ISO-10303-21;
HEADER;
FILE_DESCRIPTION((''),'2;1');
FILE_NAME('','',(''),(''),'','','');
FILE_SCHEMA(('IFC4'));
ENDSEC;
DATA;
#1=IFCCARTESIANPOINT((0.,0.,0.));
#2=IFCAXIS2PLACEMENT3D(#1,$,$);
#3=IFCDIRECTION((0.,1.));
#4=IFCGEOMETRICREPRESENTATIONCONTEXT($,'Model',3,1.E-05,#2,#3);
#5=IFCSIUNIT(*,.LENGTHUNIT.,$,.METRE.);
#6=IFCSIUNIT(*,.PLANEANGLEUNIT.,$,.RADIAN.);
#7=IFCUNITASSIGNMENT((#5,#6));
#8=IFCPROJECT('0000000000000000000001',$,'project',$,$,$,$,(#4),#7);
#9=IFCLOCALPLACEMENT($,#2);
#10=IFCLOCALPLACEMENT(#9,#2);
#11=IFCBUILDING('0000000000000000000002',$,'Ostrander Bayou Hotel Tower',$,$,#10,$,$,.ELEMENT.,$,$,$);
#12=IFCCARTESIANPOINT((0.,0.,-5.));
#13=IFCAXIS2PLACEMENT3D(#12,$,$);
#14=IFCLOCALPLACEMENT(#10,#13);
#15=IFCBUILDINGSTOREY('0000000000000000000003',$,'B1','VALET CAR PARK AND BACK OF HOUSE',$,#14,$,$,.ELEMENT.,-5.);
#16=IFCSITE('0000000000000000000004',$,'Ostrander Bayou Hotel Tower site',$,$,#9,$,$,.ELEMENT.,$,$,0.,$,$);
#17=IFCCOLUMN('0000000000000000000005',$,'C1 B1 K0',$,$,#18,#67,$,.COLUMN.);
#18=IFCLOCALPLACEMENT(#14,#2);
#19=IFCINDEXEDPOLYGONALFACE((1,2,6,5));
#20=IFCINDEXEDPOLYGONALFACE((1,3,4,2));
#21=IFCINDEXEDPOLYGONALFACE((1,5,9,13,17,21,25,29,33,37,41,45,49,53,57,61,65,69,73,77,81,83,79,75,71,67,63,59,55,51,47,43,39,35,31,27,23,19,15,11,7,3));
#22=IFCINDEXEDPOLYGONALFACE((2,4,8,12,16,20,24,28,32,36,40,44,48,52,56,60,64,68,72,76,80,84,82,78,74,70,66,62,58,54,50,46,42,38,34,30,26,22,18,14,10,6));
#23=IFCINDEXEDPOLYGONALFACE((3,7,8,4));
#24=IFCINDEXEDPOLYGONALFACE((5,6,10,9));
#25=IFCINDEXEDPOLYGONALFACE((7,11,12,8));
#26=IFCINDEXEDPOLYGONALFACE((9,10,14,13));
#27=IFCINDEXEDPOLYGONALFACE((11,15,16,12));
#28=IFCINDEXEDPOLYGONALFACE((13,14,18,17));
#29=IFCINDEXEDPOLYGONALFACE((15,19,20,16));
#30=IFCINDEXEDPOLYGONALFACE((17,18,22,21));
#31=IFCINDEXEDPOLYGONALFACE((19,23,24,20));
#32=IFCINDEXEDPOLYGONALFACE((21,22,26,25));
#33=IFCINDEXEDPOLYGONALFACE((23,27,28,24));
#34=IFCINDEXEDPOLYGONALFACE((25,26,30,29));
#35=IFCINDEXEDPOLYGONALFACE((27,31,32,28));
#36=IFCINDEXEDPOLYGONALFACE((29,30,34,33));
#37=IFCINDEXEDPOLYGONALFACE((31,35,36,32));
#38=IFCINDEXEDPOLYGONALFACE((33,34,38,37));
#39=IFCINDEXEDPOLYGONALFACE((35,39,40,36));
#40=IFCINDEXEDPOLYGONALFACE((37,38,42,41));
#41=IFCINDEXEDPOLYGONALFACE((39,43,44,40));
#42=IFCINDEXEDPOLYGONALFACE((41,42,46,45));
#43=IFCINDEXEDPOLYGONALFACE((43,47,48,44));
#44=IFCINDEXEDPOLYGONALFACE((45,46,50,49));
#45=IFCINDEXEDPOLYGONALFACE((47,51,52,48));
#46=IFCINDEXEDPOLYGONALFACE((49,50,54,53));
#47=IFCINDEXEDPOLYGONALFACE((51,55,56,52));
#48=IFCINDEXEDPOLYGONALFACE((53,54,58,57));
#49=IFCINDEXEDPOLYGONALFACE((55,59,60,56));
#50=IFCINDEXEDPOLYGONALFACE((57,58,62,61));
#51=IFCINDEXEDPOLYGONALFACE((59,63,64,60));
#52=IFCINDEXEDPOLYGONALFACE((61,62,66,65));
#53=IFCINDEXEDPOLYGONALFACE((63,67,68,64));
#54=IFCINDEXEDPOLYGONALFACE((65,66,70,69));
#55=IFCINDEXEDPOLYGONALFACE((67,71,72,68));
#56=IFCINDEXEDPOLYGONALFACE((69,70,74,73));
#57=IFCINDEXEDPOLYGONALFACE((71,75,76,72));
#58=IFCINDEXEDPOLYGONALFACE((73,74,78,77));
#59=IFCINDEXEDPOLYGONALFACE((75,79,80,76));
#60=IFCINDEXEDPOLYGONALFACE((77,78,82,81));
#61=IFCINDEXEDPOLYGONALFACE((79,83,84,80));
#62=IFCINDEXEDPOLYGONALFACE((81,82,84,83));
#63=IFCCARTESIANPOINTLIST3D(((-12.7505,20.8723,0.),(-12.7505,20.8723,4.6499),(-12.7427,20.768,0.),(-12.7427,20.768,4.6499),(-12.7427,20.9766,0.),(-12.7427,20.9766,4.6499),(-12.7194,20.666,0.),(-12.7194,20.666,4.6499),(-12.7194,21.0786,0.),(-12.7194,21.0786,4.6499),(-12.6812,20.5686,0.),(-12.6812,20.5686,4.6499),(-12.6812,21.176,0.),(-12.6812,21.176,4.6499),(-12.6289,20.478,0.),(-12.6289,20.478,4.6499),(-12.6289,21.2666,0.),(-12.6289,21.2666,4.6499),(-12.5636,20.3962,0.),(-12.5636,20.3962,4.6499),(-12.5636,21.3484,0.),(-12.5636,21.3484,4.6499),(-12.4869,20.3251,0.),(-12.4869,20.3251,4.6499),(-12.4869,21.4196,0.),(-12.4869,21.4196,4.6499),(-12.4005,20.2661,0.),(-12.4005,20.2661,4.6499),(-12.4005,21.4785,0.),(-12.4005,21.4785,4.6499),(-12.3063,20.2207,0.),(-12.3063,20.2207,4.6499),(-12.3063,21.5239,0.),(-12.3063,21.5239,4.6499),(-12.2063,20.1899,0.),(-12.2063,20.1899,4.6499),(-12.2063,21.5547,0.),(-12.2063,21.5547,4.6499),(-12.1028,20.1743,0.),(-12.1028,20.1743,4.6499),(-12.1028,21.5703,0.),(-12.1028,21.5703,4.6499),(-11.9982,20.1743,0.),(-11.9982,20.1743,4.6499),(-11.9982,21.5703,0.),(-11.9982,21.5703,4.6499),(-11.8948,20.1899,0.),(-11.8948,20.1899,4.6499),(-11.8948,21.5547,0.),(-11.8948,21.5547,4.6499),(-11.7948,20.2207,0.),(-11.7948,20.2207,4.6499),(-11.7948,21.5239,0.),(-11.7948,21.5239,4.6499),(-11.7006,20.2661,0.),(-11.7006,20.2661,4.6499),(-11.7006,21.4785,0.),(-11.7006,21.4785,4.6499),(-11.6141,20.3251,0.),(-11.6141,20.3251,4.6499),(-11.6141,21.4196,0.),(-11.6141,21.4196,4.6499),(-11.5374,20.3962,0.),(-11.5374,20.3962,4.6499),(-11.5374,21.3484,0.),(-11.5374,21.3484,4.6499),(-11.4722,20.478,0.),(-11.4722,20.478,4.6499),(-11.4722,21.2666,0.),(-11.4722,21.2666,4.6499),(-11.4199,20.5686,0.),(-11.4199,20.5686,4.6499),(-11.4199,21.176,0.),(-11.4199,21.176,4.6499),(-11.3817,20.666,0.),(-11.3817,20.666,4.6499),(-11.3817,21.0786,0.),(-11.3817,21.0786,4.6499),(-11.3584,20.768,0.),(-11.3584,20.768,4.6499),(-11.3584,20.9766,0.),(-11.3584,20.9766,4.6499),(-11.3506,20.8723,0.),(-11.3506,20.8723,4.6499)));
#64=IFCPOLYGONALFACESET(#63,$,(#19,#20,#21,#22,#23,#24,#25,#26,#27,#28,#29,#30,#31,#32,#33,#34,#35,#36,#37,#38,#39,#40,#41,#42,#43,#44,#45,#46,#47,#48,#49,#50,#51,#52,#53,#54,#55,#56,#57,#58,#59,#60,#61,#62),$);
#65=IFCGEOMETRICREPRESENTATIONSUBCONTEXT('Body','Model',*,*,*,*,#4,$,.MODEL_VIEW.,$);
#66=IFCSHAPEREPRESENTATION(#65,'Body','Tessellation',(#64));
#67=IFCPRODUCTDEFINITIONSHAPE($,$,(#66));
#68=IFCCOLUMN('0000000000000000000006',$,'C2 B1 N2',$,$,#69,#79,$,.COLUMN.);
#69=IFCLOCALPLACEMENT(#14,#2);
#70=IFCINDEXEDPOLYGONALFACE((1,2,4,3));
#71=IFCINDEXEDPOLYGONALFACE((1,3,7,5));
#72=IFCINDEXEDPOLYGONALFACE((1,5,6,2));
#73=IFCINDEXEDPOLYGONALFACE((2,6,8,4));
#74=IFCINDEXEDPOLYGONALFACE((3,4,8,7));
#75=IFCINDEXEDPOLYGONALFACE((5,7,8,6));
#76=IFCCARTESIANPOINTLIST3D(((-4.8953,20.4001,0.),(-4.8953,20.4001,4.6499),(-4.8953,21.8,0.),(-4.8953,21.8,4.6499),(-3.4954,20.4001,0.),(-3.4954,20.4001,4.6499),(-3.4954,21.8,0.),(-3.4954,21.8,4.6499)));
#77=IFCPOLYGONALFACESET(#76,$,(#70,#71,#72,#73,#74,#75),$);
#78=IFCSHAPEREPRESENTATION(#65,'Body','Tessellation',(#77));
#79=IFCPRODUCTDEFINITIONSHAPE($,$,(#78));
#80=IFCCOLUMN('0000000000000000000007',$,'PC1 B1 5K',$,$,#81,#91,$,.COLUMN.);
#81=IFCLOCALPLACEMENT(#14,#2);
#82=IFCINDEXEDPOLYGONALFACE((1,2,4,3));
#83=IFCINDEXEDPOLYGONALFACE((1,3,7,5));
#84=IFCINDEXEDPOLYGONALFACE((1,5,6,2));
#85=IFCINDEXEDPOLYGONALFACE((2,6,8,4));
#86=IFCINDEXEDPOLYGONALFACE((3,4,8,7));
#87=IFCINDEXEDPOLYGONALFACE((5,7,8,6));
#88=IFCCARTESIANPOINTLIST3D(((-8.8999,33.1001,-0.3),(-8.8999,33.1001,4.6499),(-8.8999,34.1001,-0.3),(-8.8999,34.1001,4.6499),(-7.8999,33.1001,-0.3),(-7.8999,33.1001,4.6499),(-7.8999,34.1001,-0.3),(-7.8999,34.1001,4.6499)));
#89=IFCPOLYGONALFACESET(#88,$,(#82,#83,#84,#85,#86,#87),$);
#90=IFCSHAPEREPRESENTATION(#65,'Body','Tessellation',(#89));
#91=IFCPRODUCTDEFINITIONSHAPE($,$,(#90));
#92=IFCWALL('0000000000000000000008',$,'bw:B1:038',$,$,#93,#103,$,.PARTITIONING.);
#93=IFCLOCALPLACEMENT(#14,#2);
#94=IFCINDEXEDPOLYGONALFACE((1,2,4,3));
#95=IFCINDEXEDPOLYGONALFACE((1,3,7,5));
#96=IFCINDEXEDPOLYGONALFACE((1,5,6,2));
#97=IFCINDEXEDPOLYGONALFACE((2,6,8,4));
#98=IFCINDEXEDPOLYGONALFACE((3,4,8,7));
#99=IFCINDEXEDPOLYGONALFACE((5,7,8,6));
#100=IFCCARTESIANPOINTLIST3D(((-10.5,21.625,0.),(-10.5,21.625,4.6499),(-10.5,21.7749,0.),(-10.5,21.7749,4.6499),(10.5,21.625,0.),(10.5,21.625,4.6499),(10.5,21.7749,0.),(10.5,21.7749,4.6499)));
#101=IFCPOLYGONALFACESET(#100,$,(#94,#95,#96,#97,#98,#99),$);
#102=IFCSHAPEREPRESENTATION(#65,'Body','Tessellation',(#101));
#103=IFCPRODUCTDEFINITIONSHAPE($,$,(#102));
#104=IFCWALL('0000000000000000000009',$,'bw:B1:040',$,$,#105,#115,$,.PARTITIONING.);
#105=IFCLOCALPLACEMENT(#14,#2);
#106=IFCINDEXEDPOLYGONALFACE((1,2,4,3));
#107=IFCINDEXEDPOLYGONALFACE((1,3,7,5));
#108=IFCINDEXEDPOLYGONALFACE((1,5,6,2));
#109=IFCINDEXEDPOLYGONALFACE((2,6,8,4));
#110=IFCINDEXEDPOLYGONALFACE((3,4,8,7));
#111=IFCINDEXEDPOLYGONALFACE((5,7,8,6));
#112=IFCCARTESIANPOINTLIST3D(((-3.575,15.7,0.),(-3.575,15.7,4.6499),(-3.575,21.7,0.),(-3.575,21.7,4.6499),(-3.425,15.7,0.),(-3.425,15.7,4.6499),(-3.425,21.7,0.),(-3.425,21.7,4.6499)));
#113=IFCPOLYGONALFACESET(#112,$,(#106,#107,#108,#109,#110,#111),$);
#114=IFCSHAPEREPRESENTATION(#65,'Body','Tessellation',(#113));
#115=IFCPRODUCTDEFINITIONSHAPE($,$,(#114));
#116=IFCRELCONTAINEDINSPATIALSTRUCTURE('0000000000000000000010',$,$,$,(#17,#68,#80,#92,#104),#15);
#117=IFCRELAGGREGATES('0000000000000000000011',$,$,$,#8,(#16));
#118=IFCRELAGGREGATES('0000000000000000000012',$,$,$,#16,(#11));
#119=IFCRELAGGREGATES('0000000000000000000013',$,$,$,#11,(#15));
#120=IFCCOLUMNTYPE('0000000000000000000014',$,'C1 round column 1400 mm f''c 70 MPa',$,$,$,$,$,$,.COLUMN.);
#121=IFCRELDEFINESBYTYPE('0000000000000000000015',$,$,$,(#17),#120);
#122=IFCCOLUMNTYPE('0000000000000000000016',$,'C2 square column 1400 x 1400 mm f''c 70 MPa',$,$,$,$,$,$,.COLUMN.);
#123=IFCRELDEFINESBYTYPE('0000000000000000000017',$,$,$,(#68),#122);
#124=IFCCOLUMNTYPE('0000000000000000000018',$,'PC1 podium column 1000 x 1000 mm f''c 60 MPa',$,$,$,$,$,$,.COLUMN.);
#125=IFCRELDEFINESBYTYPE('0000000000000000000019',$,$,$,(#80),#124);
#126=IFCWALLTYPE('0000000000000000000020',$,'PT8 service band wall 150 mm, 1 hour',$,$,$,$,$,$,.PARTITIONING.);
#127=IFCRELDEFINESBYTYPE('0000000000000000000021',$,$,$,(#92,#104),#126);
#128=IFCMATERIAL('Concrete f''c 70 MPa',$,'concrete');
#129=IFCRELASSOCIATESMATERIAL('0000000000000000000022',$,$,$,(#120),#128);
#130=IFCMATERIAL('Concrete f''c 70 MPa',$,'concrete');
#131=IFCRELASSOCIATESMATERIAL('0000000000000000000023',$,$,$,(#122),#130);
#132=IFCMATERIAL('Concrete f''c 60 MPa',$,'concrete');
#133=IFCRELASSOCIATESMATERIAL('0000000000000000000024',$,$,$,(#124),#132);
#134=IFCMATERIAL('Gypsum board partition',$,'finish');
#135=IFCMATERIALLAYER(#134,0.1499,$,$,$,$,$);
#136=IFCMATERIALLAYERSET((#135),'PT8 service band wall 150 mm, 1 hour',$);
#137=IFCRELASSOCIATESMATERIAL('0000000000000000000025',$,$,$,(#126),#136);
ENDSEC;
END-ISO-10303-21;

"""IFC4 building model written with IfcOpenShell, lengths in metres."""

from ifc_helpers import new_model, si_unit, direction, frame, frame_2d, origin, origin_2d, place, context, subcontext, project, spatial, rectangle, circle, extrude, material, layer, layer_set, material_profile, profile_set, type_object, element, save


model = new_model("IFC4")

# Units and contexts
model_context = context("Model", 3, precision=1e-05, world=origin(), true_north=direction((0.0, 1.0)))
body_context = subcontext(model_context, "Body", "Model", "MODEL_VIEW")
ifc_project = project(units=[si_unit("LENGTHUNIT", "METRE"), si_unit("PLANEANGLEUNIT", "RADIAN")], contexts=[model_context])

# Site, building, storey
site_placement = place(None, origin())
site = spatial("IfcSite", under=ifc_project, at=site_placement, Name="Ostrander Bayou Hotel Tower site", CompositionType="ELEMENT", RefElevation=0.0)
building_placement = place(site_placement, origin())
building = spatial("IfcBuilding", under=site, at=building_placement, Name="Ostrander Bayou Hotel Tower", CompositionType="ELEMENT")
storey_placement = place(building_placement, frame((0.0, 0.0, -5.0)))
storey = spatial("IfcBuildingStorey", under=building, at=storey_placement, Name="B1", Description="VALET CAR PARK AND BACK OF HOUSE", CompositionType="ELEMENT", Elevation=-5.0)

# Columns
ifc_material_1 = material(Name="Concrete f'c 70 MPa", Category="concrete")
ifc_material_profile_1 = material_profile(ifc_material_1, circle(Radius=0.7, at=origin_2d()))
ifc_profile_set_1 = profile_set([ifc_material_profile_1], Name="Concrete f'c 70 MPa")
column_type_1 = type_object("IfcColumnType", Name="C1 round column 1400 mm f'c 70 MPa", PredefinedType="COLUMN", material=ifc_profile_set_1)
column_1_placement = place(storey_placement, frame((-12.0505, 20.8723, 0.0), z_axis=(0.0, 0.0, 1.0), x_axis=(1.0, 0.0, 0.0)))
element("IfcColumn", 1, at=column_1_placement, inside=storey, type_object=column_type_1, Name="C1 B1 K0", PredefinedType="COLUMN", context=body_context, shape_type="SweptSolid", body=[
    extrude(circle(Radius=0.7, at=origin_2d()), origin(), (0.0, 0.0, 1.0), 4.6499),
])
ifc_material_2 = material(Name="Concrete f'c 70 MPa", Category="concrete")
ifc_material_profile_2 = material_profile(ifc_material_2, rectangle(XDim=1.3999, YDim=1.3999, at=origin_2d()))
ifc_profile_set_2 = profile_set([ifc_material_profile_2], Name="Concrete f'c 70 MPa")
column_type_2 = type_object("IfcColumnType", Name="C2 square column 1400 x 1400 mm f'c 70 MPa", PredefinedType="COLUMN", material=ifc_profile_set_2)
column_2_placement = place(storey_placement, frame((-4.1953, 21.1001, 0.0), z_axis=(0.0, 0.0, 1.0), x_axis=(1.0, 0.0, 0.0)))
element("IfcColumn", 2, at=column_2_placement, inside=storey, type_object=column_type_2, Name="C2 B1 N2", PredefinedType="COLUMN", context=body_context, shape_type="SweptSolid", body=[
    extrude(rectangle(XDim=1.3999, YDim=1.3999, at=origin_2d()), origin(), (0.0, 0.0, 1.0), 4.6499),
])
ifc_material_3 = material(Name="Concrete f'c 60 MPa", Category="concrete")
ifc_material_profile_3 = material_profile(ifc_material_3, rectangle(XDim=1.0, YDim=1.0, at=origin_2d()))
ifc_profile_set_3 = profile_set([ifc_material_profile_3], Name="Concrete f'c 60 MPa")
column_type_3 = type_object("IfcColumnType", Name="PC1 podium column 1000 x 1000 mm f'c 60 MPa", PredefinedType="COLUMN", material=ifc_profile_set_3)
column_3_placement = place(storey_placement, frame((-8.3999, 33.6001, -0.3), z_axis=(0.0, 0.0, 1.0), x_axis=(1.0, 0.0, 0.0)))
element("IfcColumn", 3, at=column_3_placement, inside=storey, type_object=column_type_3, Name="PC1 B1 5K", PredefinedType="COLUMN", context=body_context, shape_type="SweptSolid", body=[
    extrude(rectangle(XDim=1.0, YDim=1.0, at=origin_2d()), origin(), (0.0, 0.0, 1.0), 4.95),
])

# Walls
ifc_material_4 = material(Name="Gypsum board partition", Category="finish")
ifc_layer = layer(ifc_material_4, 0.1499)
ifc_layer_set = layer_set([ifc_layer], Name="PT8 service band wall 150 mm, 1 hour")
wall_type = type_object("IfcWallType", Name="PT8 service band wall 150 mm, 1 hour", PredefinedType="PARTITIONING", material=ifc_layer_set)
wall_1_placement = place(storey_placement, frame((-10.5, 21.7, 0.0), z_axis=(0.0, 0.0, 1.0), x_axis=(1.0, 0.0, 0.0)))
element("IfcWall", 4, at=wall_1_placement, inside=storey, type_object=wall_type, Name="bw:B1:038", PredefinedType="PARTITIONING", context=body_context, shape_type="SweptSolid", body=[
    extrude(rectangle(XDim=21.0, YDim=0.1499, at=frame_2d((10.5, 0.0))), origin(), (0.0, 0.0, 1.0), 4.6499),
])
wall_2_placement = place(storey_placement, frame((-3.5, 15.7, 0.0), z_axis=(0.0, 0.0, 1.0), x_axis=(0.0, 1.0, 0.0)))
element("IfcWall", 5, at=wall_2_placement, inside=storey, type_object=wall_type, Name="bw:B1:040", PredefinedType="PARTITIONING", context=body_context, shape_type="SweptSolid", body=[
    extrude(rectangle(XDim=6.0, YDim=0.1499, at=frame_2d((3.0, 0.0))), origin(), (0.0, 0.0, 1.0), 4.6499),
])

save(model, "model.ifc")
